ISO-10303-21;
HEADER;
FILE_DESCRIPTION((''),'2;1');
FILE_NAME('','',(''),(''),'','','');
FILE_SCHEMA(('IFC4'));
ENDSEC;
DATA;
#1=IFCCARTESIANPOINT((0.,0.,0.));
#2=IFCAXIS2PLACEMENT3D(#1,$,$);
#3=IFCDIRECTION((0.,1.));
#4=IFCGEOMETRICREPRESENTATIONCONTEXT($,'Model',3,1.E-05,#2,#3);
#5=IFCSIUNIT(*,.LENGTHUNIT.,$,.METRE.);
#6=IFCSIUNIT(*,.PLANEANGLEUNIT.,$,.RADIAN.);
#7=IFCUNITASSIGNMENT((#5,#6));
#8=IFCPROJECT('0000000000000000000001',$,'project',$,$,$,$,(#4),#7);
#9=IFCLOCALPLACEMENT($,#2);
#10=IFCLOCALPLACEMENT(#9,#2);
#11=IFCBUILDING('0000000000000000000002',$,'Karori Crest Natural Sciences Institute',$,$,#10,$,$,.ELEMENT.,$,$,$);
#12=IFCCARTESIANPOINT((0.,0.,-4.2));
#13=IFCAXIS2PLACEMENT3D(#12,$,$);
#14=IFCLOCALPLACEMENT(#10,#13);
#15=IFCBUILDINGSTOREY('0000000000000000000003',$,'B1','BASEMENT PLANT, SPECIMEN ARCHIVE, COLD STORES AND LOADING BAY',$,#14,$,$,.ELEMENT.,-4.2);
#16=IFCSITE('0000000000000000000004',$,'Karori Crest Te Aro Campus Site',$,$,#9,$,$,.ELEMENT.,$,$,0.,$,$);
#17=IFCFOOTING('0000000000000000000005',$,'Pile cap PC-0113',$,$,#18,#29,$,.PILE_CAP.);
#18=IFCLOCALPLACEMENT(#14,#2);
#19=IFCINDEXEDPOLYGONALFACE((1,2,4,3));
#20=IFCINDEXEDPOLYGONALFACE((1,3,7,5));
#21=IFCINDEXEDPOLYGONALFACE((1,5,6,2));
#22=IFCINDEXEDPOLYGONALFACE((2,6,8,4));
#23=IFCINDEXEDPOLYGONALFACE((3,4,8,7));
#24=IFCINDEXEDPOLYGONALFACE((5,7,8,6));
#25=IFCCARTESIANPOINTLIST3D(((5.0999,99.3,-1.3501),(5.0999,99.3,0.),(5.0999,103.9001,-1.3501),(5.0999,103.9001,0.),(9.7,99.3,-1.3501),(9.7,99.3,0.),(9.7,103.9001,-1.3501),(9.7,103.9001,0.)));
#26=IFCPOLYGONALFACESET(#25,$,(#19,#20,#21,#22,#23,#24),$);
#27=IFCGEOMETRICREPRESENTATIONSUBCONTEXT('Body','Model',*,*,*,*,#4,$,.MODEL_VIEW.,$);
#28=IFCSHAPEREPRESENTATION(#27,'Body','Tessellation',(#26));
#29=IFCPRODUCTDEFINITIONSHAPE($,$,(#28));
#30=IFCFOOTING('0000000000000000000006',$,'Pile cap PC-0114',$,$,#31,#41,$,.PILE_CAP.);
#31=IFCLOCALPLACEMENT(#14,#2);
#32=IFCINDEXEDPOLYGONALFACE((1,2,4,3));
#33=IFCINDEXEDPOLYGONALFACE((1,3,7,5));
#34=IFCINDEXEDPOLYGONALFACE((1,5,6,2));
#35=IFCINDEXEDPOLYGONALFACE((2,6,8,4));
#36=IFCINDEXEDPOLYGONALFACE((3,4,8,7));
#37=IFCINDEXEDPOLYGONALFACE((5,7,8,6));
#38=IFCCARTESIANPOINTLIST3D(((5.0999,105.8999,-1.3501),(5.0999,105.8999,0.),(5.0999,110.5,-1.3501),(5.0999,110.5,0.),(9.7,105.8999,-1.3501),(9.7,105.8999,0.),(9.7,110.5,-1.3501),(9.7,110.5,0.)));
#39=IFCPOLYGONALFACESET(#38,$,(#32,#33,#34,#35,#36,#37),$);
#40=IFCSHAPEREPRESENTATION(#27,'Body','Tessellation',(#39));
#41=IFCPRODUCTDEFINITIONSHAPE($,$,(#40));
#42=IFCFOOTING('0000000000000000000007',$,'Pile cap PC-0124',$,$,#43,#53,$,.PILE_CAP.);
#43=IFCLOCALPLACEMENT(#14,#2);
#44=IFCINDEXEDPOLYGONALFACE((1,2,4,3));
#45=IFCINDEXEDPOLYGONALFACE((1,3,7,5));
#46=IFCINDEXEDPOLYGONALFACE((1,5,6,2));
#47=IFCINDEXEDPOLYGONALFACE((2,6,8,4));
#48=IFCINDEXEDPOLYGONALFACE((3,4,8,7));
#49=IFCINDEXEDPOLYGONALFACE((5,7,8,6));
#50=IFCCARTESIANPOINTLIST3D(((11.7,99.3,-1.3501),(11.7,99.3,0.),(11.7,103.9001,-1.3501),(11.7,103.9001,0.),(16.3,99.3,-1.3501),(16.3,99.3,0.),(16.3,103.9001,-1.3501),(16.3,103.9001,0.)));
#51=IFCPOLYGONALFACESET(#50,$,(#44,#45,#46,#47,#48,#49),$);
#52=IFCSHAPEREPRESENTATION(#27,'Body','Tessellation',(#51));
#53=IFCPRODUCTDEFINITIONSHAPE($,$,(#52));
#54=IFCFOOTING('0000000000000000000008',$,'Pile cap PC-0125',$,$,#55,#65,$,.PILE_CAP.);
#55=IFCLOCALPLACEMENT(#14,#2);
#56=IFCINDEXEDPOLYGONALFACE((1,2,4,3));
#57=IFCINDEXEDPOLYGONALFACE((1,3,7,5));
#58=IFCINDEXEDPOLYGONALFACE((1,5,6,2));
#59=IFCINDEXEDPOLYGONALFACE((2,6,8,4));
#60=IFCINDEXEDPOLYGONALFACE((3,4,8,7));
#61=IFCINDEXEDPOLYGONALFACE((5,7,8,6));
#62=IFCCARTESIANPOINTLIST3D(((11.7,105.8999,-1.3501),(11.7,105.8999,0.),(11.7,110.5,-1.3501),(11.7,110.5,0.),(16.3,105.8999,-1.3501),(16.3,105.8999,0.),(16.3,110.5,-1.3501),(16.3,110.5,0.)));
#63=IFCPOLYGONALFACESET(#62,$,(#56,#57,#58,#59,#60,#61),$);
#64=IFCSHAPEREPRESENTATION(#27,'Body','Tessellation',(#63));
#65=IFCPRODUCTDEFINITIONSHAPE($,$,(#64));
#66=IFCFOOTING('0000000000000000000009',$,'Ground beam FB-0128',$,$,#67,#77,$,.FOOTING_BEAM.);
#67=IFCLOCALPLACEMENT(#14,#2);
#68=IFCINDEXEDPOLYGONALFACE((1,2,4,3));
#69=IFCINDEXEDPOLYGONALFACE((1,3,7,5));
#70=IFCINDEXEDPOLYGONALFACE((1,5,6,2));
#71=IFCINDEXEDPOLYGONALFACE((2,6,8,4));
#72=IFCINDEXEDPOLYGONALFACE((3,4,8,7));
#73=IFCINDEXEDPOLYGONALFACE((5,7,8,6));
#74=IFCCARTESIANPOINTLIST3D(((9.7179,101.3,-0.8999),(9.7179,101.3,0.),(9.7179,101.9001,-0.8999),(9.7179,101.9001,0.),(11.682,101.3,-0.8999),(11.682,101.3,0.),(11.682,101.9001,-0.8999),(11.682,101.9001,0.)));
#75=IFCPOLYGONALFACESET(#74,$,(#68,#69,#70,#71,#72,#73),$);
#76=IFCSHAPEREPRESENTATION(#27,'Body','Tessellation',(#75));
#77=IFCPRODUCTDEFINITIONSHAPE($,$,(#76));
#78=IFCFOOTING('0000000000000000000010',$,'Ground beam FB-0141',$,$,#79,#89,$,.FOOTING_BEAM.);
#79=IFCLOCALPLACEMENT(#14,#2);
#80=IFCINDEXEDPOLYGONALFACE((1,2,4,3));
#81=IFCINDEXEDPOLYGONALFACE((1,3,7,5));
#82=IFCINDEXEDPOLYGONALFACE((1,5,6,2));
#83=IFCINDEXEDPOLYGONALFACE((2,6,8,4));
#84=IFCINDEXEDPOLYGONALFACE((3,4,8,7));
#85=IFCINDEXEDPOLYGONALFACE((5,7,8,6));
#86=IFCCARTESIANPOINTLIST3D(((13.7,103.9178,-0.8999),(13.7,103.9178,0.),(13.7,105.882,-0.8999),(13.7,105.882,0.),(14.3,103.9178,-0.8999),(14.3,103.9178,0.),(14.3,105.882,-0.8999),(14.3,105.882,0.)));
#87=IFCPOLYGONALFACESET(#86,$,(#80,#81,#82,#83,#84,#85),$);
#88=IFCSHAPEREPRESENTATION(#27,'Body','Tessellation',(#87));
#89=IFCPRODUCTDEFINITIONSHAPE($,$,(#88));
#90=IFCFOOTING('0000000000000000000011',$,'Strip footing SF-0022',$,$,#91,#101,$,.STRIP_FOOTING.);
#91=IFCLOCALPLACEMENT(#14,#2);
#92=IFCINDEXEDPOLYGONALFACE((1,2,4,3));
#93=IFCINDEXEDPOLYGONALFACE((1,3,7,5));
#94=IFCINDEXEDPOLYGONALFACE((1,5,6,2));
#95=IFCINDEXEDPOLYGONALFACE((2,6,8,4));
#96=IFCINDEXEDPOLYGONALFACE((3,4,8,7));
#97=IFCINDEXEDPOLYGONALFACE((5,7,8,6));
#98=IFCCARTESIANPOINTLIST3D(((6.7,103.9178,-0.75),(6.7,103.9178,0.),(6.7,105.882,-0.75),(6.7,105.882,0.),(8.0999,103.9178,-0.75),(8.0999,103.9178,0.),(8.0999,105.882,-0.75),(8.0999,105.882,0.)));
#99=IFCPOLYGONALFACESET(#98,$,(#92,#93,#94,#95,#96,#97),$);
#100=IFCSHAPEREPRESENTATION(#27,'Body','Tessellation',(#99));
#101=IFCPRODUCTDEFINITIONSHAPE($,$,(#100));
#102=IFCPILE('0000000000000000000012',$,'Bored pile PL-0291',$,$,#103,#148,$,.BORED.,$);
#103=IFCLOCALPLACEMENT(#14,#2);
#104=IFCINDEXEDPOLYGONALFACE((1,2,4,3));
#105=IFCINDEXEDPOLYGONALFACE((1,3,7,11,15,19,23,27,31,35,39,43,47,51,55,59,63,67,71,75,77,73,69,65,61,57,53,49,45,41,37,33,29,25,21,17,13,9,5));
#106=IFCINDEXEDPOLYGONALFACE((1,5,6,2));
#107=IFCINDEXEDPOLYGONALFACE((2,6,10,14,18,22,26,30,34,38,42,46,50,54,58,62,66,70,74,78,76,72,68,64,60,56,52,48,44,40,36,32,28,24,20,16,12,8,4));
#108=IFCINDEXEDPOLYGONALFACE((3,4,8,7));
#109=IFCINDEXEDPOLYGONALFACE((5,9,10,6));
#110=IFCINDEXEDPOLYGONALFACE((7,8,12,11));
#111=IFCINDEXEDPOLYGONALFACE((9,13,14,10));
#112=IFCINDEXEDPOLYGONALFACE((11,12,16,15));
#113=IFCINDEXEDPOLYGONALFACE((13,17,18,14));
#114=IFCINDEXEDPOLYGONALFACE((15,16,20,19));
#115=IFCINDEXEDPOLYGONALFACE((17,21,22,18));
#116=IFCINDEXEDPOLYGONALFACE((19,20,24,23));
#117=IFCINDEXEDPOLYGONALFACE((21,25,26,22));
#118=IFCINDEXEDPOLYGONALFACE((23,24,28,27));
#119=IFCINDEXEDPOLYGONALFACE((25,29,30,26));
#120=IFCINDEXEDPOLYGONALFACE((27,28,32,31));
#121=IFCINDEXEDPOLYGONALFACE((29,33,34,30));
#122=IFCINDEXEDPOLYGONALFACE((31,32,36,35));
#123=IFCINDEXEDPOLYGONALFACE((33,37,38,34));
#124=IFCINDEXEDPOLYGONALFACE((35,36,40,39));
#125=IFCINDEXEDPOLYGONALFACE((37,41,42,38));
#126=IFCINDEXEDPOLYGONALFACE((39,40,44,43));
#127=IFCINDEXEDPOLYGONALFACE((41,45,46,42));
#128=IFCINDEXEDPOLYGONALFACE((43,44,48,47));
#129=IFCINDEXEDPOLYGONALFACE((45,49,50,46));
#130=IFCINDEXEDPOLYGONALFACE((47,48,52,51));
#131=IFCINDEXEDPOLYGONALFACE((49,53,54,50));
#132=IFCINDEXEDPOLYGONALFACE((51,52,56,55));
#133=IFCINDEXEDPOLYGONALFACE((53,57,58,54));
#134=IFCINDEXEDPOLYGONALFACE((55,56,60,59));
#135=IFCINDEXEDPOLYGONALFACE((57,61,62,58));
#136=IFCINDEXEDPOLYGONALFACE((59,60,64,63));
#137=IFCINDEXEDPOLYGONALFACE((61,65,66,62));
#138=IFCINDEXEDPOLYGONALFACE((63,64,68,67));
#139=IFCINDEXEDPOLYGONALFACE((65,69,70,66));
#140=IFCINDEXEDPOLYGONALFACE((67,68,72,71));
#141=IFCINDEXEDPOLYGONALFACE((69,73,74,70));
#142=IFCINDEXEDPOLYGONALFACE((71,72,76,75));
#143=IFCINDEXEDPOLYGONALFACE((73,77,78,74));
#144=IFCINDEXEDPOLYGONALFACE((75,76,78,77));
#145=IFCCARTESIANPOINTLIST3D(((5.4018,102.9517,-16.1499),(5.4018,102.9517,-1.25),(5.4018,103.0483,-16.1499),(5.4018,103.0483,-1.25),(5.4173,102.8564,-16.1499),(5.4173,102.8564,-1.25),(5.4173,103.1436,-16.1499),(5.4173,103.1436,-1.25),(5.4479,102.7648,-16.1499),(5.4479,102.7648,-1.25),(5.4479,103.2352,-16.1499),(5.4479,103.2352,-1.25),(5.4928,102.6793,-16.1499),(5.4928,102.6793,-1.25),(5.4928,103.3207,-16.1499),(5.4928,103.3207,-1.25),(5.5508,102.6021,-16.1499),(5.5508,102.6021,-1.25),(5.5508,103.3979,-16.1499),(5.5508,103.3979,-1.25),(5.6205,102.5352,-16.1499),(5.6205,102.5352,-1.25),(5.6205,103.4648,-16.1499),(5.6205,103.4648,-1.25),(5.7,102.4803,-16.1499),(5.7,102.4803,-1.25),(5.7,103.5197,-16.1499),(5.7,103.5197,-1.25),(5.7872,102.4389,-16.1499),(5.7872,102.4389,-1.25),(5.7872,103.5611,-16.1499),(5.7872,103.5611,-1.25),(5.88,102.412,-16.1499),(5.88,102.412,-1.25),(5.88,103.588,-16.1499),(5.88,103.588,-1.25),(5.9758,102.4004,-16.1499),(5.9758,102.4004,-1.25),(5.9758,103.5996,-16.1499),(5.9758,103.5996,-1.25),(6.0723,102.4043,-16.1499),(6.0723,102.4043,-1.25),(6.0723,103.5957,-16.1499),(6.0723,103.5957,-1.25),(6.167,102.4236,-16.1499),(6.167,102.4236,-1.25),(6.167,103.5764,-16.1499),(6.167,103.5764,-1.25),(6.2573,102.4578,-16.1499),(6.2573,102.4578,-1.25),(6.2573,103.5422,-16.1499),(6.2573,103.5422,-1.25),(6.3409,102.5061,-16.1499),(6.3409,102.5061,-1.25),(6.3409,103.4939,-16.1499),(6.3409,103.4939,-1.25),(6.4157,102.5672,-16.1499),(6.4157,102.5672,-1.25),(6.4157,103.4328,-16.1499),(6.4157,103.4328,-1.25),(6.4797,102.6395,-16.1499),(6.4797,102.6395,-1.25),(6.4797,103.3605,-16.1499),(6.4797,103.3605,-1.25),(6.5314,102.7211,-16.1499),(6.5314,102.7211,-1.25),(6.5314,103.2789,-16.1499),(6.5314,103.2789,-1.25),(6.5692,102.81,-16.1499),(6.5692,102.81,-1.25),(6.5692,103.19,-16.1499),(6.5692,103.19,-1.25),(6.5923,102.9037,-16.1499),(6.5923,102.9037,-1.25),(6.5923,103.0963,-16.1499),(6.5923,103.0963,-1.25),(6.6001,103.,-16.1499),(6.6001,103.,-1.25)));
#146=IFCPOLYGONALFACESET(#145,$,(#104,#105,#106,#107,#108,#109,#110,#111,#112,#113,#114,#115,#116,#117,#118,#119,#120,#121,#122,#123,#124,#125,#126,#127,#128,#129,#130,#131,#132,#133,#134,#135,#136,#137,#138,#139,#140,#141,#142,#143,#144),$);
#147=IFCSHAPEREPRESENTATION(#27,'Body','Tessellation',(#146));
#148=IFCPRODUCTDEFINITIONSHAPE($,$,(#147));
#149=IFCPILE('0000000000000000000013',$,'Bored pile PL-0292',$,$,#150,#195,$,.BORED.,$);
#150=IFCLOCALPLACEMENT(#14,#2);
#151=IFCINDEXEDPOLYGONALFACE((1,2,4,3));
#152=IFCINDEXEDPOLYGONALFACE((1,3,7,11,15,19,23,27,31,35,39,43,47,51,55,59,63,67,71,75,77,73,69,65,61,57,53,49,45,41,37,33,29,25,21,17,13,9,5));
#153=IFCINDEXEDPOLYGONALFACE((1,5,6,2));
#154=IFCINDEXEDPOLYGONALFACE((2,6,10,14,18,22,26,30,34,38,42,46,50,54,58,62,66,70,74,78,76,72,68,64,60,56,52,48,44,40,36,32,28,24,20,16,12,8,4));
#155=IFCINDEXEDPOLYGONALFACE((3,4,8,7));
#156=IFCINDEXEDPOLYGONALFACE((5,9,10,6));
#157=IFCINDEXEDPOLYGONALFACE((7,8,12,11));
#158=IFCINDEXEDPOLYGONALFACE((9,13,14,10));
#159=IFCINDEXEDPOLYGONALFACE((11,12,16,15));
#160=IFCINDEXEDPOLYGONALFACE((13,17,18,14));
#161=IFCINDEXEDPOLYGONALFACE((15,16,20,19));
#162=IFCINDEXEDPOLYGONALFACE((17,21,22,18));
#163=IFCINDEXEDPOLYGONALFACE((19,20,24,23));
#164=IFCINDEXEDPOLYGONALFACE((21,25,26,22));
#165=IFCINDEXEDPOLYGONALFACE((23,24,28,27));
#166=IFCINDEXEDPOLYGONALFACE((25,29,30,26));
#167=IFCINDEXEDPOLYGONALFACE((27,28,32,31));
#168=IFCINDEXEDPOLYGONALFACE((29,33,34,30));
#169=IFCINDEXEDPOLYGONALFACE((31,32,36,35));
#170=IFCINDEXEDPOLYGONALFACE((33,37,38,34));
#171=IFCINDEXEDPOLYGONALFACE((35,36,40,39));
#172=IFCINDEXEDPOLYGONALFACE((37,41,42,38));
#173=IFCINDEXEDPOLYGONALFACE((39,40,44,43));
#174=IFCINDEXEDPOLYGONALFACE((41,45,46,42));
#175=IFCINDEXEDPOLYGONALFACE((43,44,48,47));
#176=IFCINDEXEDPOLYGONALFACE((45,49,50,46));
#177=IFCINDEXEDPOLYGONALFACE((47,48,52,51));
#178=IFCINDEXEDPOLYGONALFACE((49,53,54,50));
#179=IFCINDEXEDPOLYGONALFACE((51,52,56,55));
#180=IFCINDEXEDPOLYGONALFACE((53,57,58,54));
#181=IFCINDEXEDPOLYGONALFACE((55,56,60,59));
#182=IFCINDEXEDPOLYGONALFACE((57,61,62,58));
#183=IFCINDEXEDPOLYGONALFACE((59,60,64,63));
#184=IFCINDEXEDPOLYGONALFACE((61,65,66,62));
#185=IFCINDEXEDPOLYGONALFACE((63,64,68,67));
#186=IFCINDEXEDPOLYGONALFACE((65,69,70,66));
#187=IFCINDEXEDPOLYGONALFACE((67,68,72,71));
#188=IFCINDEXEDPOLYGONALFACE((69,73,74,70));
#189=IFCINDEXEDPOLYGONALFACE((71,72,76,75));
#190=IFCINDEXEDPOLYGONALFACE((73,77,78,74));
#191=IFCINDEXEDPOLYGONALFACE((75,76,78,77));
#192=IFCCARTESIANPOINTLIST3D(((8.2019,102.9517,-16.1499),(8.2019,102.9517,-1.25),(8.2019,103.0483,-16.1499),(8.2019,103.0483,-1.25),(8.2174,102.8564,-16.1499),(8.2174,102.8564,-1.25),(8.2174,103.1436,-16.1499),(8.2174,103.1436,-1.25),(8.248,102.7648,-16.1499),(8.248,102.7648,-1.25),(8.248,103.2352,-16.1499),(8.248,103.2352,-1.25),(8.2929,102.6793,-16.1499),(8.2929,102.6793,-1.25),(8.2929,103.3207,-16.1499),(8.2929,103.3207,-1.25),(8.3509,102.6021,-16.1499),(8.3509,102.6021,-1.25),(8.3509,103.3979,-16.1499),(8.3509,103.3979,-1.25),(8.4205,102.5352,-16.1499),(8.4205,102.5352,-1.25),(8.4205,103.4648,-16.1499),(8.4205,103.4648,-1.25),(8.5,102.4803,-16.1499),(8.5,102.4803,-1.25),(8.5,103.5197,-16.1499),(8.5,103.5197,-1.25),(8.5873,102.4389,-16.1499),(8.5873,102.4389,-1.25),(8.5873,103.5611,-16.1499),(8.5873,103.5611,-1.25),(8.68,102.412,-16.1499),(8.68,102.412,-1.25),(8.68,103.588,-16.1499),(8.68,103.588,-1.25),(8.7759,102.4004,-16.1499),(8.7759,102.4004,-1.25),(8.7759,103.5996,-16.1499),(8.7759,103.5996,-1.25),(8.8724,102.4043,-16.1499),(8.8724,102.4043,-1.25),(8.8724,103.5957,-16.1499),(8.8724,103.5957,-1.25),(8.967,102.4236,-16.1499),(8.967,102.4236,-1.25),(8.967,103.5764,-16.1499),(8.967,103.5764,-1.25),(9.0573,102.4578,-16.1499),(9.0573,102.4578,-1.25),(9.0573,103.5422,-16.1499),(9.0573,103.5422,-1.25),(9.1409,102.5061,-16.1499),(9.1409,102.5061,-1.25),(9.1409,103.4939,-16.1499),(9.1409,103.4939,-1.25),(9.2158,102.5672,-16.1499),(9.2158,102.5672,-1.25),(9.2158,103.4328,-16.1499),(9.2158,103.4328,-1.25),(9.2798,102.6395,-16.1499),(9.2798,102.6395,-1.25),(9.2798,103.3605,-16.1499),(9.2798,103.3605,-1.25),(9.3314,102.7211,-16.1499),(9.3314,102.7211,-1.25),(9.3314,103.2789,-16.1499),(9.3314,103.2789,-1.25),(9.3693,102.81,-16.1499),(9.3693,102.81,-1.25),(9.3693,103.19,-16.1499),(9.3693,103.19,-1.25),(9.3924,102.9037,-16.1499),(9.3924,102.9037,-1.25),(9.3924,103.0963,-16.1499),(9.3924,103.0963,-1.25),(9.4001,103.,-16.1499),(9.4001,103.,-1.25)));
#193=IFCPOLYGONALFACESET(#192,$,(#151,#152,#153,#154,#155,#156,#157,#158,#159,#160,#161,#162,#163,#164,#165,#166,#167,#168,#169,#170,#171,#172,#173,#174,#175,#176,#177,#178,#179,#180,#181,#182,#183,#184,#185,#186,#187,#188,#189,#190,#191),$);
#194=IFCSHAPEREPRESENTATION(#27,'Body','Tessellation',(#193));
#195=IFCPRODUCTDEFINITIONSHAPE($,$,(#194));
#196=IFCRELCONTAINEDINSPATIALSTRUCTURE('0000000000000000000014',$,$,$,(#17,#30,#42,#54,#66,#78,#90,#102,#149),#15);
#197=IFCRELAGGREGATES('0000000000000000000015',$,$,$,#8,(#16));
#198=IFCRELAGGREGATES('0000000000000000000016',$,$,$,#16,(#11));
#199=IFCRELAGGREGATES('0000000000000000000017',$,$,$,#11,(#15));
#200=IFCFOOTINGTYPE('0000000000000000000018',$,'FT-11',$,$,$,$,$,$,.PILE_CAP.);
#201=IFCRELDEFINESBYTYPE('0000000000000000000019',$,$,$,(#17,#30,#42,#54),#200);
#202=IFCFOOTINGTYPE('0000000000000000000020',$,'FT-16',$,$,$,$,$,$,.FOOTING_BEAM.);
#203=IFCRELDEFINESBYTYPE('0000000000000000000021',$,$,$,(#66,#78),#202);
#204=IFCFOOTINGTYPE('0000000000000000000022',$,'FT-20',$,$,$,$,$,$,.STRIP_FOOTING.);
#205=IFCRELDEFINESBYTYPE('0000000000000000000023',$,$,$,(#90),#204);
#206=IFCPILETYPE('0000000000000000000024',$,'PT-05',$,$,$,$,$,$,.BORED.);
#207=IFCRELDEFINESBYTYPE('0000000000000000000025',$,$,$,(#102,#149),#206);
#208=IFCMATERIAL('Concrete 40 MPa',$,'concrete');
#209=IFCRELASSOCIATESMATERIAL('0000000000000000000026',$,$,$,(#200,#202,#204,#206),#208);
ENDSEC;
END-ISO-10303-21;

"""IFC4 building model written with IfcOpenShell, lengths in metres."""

from ifc_helpers import new_model, si_unit, direction, frame, origin, origin_2d, place, context, subcontext, project, spatial, rectangle, circle, extrude, material, material_profile, profile_set, type_object, element, save


model = new_model("IFC4")

# Units and contexts
model_context = context("Model", 3, precision=1e-05, world=origin(), true_north=direction((0.0, 1.0)))
body_context = subcontext(model_context, "Body", "Model", "MODEL_VIEW")
ifc_project = project(units=[si_unit("LENGTHUNIT", "METRE"), si_unit("PLANEANGLEUNIT", "RADIAN")], contexts=[model_context])

# Site, building, storey
site_placement = place(None, origin())
site = spatial("IfcSite", under=ifc_project, at=site_placement, Name="Karori Crest Te Aro Campus Site", CompositionType="ELEMENT", RefElevation=0.0)
building_placement = place(site_placement, origin())
building = spatial("IfcBuilding", under=site, at=building_placement, Name="Karori Crest Natural Sciences Institute", CompositionType="ELEMENT")
storey_placement = place(building_placement, frame((0.0, 0.0, -4.2)))
storey = spatial("IfcBuildingStorey", under=building, at=storey_placement, Name="B1", Description="BASEMENT PLANT, SPECIMEN ARCHIVE, COLD STORES AND LOADING BAY", CompositionType="ELEMENT", Elevation=-4.2)

# Footings
ifc_material_1 = material(Name="Concrete 40 MPa", Category="concrete")
footing_type_1 = type_object("IfcFootingType", Name="FT-11", PredefinedType="PILE_CAP", material=ifc_material_1)
for number, where, z_axis, x_axis, name in (
    (1, (7.3999, 101.6001, -1.3501), (0.0, 0.0, 1.0), (1.0, 0.0, 0.0), "Pile cap PC-0113"),
    (2, (7.3999, 108.2, -1.3501), (0.0, 0.0, 1.0), (1.0, 0.0, 0.0), "Pile cap PC-0114"),
    (3, (14.0, 101.6001, -1.3501), (0.0, 0.0, 1.0), (1.0, 0.0, 0.0), "Pile cap PC-0124"),
    (4, (14.0, 108.2, -1.3501), (0.0, 0.0, 1.0), (1.0, 0.0, 0.0), "Pile cap PC-0125"),
):
    element("IfcFooting", number, at=place(storey_placement, frame(where, z_axis=z_axis, x_axis=x_axis)), inside=storey, type_object=footing_type_1, Name=name, PredefinedType="PILE_CAP", context=body_context, shape_type="SweptSolid", body=[
        extrude(rectangle(XDim=4.6001, YDim=4.6001, at=origin_2d()), origin(), (0.0, 0.0, 1.0), 1.3501),
    ])
footing_type_2 = type_object("IfcFootingType", Name="FT-16", PredefinedType="FOOTING_BEAM", material=ifc_material_1)
for number, where, z_axis, x_axis, name in (
    (5, (10.7, 101.6001, -0.8999), (0.0, 0.0, 1.0), (1.0, 0.0, 0.0), "Ground beam FB-0128"),
    (6, (14.0, 104.8999, -0.8999), (0.0, 0.0, 1.0), (0.0, 1.0, 0.0), "Ground beam FB-0141"),
):
    element("IfcFooting", number, at=place(storey_placement, frame(where, z_axis=z_axis, x_axis=x_axis)), inside=storey, type_object=footing_type_2, Name=name, PredefinedType="FOOTING_BEAM", context=body_context, shape_type="SweptSolid", body=[
        extrude(rectangle(XDim=1.9641, YDim=0.6001, at=origin_2d()), origin(), (0.0, 0.0, 1.0), 0.8999),
    ])
footing_type_3 = type_object("IfcFootingType", Name="FT-20", PredefinedType="STRIP_FOOTING", material=ifc_material_1)
footing_placement = place(storey_placement, frame((7.3999, 104.8999, -0.75), z_axis=(0.0, 0.0, 1.0), x_axis=(0.0, 1.0, 0.0)))
element("IfcFooting", 7, at=footing_placement, inside=storey, type_object=footing_type_3, Name="Strip footing SF-0022", PredefinedType="STRIP_FOOTING", context=body_context, shape_type="SweptSolid", body=[
    extrude(rectangle(XDim=1.9641, YDim=1.3999, at=origin_2d()), origin(), (0.0, 0.0, 1.0), 0.75),
])

# Piles
ifc_material_profile_1 = material_profile(ifc_material_1, circle(Radius=0.6001, at=origin_2d()), Name="PILE1200")
ifc_profile_set_1 = profile_set([ifc_material_profile_1], Name="Concrete 40 MPa")
pile_type = type_object("IfcPileType", Name="PT-05", PredefinedType="BORED", material=ifc_profile_set_1)
for number, where, z_axis, x_axis, name in (
    (8, (6.0, 103.0, -1.25), (0.0, 0.0, -1.0), (1.0, 0.0, 0.0), "Bored pile PL-0291"),
    (9, (8.8, 103.0, -1.25), (0.0, 0.0, -1.0), (1.0, 0.0, 0.0), "Bored pile PL-0292"),
):
    element("IfcPile", number, at=place(storey_placement, frame(where, z_axis=z_axis, x_axis=x_axis)), inside=storey, type_object=pile_type, Name=name, PredefinedType="BORED", context=body_context, shape_type="SweptSolid", body=[
        extrude(circle(Radius=0.6001, at=origin_2d()), origin(), (0.0, 0.0, 1.0), 14.8999),
    ])

save(model, "model.ifc")
